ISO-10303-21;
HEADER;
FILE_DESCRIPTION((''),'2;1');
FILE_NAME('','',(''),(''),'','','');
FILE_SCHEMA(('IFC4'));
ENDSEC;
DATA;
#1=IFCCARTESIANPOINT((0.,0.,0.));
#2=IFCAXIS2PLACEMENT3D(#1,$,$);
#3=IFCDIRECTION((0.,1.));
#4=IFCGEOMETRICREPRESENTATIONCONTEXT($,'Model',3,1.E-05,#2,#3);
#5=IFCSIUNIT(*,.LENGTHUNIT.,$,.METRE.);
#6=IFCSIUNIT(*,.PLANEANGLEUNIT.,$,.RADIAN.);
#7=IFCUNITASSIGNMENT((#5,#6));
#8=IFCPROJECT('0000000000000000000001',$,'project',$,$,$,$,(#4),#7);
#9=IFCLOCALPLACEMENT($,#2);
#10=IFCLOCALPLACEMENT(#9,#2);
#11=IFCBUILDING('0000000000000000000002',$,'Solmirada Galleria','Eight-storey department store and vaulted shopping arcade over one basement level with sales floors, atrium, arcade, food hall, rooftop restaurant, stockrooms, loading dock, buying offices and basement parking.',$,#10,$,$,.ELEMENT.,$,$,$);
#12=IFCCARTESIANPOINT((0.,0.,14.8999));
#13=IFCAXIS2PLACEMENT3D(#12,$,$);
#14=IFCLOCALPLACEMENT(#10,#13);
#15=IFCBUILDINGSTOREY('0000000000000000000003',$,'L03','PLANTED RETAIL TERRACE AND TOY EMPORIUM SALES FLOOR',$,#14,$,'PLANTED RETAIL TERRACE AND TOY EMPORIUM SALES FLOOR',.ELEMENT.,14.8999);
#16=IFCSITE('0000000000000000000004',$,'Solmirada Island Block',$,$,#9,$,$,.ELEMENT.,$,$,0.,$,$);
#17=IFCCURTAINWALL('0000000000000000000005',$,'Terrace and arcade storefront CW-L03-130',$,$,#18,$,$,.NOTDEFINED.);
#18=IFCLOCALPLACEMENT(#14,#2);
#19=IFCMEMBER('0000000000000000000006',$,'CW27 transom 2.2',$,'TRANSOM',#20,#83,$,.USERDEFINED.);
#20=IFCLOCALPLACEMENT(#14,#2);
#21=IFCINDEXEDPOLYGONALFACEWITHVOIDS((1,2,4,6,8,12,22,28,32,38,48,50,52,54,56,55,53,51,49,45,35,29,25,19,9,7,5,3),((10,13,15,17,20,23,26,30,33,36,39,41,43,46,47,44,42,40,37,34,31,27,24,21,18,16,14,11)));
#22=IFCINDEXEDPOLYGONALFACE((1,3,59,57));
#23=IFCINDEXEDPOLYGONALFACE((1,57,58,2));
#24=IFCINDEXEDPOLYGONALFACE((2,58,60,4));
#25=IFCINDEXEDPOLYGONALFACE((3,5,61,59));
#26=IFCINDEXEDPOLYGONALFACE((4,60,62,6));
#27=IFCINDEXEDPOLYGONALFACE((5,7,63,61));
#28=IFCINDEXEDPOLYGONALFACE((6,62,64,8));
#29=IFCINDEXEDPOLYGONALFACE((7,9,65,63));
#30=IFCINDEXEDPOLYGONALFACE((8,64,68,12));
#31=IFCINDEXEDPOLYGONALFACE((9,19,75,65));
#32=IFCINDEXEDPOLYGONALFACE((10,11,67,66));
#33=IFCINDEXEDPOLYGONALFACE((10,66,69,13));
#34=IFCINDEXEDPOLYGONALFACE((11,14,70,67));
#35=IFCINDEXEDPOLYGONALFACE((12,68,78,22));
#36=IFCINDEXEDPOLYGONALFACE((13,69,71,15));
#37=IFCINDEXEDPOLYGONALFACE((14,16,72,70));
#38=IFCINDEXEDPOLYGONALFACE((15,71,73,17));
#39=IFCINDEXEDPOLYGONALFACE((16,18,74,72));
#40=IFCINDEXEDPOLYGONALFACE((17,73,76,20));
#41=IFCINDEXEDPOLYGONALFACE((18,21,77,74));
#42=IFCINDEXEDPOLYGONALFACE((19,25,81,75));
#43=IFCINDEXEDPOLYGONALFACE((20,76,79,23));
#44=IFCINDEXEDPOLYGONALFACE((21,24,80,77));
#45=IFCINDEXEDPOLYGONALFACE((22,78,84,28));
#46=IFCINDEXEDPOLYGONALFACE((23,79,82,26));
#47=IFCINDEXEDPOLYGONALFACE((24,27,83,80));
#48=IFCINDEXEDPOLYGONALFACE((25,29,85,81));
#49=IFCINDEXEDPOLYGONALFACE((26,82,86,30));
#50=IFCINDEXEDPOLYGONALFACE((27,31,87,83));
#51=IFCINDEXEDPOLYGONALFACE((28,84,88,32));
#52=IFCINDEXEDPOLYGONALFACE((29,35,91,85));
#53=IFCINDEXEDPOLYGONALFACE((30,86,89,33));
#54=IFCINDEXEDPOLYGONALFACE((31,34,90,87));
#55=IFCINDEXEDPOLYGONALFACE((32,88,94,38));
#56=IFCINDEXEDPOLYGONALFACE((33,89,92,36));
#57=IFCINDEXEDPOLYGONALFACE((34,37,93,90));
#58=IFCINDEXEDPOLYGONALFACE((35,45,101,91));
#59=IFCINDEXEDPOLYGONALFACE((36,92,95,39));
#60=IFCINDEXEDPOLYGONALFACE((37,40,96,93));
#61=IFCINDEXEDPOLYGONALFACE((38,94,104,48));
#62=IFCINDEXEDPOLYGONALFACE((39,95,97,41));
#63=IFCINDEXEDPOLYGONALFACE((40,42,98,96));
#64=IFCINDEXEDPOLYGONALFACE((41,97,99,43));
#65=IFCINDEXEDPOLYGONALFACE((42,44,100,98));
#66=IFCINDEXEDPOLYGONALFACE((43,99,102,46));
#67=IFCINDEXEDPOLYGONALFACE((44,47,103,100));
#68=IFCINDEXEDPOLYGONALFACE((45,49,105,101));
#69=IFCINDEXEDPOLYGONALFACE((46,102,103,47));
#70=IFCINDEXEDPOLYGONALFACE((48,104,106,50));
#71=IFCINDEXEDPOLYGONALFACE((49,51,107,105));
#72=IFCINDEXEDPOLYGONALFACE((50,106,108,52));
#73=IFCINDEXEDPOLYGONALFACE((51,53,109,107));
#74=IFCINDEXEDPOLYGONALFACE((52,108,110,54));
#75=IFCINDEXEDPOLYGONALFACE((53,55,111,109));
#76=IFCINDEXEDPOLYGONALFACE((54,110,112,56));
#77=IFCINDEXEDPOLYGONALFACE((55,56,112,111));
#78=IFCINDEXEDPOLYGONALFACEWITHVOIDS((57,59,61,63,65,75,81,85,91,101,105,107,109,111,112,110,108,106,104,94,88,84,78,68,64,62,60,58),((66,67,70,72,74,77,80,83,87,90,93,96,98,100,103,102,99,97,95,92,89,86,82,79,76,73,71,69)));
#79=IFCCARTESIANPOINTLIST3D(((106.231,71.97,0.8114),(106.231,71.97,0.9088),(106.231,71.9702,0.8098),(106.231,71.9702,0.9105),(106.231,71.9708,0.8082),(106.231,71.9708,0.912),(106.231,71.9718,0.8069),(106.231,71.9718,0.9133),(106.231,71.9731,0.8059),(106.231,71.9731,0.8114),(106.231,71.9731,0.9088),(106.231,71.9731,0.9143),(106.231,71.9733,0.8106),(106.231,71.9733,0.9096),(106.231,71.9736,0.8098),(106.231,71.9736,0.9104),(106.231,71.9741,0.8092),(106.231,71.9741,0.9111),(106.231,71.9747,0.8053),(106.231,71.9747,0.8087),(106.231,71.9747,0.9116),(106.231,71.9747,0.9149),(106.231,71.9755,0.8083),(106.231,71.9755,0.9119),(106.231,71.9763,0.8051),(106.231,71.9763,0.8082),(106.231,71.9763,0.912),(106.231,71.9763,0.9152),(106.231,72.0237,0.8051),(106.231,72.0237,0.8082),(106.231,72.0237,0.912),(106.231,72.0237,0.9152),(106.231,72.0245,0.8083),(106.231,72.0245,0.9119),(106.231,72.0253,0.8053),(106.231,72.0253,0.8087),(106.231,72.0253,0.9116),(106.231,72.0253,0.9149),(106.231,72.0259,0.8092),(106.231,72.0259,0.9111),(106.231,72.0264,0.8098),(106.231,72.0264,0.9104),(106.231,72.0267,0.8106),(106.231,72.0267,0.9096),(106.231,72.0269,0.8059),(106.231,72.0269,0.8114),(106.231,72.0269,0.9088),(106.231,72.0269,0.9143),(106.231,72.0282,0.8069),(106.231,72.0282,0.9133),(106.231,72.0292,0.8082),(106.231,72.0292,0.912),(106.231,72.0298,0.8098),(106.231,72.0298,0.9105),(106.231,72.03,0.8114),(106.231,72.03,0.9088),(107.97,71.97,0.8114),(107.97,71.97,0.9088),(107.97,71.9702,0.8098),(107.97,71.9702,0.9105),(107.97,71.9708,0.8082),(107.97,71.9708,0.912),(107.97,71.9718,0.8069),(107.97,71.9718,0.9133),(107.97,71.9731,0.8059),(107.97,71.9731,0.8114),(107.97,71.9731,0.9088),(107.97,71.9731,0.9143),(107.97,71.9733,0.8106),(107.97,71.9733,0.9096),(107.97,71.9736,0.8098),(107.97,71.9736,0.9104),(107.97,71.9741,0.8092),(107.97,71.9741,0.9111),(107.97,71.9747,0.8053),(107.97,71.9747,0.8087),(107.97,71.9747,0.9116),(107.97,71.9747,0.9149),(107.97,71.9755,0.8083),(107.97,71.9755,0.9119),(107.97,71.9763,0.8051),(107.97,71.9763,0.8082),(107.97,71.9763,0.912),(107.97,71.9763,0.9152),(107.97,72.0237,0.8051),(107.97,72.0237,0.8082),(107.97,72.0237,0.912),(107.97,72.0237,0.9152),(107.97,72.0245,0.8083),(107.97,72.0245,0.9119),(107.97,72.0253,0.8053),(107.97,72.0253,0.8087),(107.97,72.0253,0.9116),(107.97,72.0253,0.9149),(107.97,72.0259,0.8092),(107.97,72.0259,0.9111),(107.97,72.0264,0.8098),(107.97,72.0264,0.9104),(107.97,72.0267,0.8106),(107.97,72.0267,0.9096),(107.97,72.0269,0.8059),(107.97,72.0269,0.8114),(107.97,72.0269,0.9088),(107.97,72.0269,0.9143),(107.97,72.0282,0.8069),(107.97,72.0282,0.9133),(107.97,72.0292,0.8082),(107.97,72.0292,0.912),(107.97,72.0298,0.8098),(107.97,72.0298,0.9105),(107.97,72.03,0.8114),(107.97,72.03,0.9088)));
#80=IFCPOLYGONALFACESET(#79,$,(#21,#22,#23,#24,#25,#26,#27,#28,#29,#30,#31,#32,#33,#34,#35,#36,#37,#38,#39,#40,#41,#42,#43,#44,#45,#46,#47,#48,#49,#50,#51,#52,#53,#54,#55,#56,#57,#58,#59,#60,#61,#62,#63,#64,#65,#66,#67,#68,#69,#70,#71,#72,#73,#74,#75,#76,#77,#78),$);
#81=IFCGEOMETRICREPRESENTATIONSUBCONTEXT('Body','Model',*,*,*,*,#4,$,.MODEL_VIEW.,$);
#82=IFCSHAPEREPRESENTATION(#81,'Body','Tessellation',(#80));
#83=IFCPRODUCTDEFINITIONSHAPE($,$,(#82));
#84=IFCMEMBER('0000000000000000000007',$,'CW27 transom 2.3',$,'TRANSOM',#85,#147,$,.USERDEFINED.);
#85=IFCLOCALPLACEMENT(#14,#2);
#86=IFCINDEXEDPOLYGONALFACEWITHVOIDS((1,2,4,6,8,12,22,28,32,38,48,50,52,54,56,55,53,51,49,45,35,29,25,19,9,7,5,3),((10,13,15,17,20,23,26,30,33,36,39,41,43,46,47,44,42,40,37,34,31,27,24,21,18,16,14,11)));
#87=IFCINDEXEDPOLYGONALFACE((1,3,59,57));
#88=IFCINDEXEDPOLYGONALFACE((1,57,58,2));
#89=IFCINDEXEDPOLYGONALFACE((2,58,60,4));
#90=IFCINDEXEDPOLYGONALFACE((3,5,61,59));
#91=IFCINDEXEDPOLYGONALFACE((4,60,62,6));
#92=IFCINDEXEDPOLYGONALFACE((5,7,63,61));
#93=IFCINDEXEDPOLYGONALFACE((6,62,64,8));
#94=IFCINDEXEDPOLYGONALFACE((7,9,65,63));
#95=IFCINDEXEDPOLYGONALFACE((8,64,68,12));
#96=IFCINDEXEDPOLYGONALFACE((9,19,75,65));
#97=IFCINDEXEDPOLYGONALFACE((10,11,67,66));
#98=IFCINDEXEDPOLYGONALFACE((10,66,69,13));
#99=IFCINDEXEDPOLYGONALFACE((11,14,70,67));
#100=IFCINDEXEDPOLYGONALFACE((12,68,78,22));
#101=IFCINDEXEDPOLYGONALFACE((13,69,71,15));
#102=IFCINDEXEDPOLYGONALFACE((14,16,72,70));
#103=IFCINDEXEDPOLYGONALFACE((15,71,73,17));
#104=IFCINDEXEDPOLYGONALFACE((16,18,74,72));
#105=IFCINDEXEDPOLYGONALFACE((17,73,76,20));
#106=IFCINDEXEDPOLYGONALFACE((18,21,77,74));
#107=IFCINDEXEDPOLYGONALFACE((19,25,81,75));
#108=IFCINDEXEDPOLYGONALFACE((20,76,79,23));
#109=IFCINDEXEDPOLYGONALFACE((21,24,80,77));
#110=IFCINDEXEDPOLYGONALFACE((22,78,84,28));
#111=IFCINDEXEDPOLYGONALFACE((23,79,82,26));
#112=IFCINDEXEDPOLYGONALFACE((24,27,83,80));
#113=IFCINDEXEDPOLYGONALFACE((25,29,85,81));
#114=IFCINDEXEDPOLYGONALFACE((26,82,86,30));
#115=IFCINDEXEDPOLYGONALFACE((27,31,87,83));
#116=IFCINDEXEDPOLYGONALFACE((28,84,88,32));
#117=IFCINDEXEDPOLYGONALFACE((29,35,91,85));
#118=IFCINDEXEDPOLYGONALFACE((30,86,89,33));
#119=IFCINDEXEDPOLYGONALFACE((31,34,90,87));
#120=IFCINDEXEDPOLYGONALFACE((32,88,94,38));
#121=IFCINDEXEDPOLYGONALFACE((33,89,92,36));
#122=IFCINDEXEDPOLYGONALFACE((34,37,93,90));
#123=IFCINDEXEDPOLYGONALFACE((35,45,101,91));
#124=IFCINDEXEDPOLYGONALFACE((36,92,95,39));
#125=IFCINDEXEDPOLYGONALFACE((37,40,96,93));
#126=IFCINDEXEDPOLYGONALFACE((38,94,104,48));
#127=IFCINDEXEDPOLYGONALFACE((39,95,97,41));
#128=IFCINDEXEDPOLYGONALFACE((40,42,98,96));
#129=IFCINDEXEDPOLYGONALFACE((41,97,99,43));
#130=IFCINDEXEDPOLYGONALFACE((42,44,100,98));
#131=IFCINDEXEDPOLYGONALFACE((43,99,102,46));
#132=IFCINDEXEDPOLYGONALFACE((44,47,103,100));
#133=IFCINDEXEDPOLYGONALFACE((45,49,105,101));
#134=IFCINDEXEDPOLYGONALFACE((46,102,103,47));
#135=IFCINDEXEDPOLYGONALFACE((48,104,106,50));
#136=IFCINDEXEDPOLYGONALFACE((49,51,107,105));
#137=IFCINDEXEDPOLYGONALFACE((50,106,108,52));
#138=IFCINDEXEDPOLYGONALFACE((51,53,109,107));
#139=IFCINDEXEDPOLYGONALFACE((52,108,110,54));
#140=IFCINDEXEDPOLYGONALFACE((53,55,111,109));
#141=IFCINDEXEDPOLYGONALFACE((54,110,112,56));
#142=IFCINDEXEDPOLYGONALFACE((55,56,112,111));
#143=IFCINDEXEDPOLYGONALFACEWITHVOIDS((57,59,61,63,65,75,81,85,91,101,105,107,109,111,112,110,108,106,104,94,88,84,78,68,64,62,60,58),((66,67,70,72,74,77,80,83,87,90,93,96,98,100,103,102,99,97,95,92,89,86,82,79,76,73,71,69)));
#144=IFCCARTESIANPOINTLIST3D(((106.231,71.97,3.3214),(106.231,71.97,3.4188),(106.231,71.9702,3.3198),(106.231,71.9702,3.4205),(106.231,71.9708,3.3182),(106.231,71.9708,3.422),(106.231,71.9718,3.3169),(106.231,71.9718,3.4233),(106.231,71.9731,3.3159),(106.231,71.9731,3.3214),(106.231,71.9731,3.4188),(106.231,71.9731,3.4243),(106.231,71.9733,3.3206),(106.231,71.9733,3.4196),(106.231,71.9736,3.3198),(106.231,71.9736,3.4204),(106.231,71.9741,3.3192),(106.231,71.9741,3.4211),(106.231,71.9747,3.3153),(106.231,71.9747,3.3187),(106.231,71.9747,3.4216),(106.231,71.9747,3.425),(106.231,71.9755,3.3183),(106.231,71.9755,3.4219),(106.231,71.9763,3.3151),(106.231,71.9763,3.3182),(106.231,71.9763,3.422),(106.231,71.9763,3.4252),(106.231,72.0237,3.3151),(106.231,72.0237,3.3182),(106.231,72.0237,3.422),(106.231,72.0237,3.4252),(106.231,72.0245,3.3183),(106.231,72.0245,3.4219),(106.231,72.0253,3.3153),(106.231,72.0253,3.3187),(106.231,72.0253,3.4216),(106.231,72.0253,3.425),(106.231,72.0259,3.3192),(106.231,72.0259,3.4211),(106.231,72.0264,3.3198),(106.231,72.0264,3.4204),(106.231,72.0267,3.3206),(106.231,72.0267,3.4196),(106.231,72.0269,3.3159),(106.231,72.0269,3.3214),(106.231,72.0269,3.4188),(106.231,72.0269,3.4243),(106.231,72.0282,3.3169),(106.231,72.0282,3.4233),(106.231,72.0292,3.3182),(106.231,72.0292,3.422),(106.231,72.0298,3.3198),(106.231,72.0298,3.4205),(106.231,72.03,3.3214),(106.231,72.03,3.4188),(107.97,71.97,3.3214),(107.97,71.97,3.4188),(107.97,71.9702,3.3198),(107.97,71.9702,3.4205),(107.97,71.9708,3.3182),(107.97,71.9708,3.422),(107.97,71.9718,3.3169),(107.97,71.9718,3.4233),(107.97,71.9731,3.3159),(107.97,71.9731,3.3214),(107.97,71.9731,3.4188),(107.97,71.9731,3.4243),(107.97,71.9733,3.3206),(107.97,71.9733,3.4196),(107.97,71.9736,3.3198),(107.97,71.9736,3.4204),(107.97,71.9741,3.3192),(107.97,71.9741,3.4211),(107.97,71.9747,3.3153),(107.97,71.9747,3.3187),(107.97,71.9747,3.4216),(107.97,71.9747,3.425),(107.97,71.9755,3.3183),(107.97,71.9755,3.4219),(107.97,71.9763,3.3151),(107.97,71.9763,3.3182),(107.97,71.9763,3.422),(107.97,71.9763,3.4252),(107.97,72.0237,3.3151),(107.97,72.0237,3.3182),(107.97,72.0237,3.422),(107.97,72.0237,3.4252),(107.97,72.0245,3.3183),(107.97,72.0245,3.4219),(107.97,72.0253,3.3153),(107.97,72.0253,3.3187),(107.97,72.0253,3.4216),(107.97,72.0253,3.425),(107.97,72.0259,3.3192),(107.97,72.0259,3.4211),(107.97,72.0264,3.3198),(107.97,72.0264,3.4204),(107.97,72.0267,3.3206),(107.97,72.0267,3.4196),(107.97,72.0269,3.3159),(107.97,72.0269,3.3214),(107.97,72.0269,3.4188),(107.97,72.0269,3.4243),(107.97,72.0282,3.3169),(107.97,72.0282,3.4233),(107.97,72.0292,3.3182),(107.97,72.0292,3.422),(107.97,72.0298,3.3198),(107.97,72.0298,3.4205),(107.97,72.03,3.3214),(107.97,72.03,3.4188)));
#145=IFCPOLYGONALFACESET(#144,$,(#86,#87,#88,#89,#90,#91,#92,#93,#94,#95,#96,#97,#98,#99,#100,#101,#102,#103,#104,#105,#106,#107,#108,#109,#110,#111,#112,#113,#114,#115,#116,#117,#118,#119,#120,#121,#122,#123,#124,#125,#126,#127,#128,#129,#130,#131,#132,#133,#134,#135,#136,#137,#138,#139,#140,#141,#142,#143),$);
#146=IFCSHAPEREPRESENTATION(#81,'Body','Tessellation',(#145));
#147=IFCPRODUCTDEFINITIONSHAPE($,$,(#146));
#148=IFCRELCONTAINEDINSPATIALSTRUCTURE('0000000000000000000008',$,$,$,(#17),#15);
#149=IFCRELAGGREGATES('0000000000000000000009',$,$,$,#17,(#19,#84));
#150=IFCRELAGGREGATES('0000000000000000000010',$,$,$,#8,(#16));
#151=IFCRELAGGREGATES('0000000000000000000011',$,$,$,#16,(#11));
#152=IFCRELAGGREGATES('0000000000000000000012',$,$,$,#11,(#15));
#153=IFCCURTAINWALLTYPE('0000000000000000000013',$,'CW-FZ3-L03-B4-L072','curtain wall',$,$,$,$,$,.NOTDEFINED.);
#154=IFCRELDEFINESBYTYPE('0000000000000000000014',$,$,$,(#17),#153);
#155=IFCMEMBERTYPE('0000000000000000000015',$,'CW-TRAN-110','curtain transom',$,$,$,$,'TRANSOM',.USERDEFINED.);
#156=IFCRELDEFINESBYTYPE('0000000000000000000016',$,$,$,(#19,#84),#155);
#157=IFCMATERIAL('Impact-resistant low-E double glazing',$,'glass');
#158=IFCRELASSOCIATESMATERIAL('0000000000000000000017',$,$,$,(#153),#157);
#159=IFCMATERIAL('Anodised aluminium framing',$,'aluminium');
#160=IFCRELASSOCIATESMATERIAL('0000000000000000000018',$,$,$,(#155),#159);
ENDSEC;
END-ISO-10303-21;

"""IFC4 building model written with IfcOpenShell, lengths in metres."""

from ifc_helpers import new_model, si_unit, direction, frame, origin, origin_2d, place, context, subcontext, project, spatial, hollow_rectangle, extrude, material, material_profile, profile_set, type_object, element, aggregate, save


model = new_model("IFC4")

# Units and contexts
model_context = context("Model", 3, precision=1e-05, world=origin(), true_north=direction((0.0, 1.0)))
body_context = subcontext(model_context, "Body", "Model", "MODEL_VIEW")
ifc_project = project(units=[si_unit("LENGTHUNIT", "METRE"), si_unit("PLANEANGLEUNIT", "RADIAN")], contexts=[model_context])

# Site, building, storey
site_placement = place(None, origin())
site = spatial("IfcSite", under=ifc_project, at=site_placement, Name="Solmirada Island Block", CompositionType="ELEMENT", RefElevation=0.0)
building_placement = place(site_placement, origin())
building = spatial("IfcBuilding", under=site, at=building_placement, Name="Solmirada Galleria", Description="Eight-storey department store and vaulted shopping arcade over one basement level with sales floors, atrium, arcade, food hall, rooftop restaurant, stockrooms, loading dock, buying offices and basement parking.", CompositionType="ELEMENT")
storey_placement = place(building_placement, frame((0.0, 0.0, 14.8999)))
storey = spatial("IfcBuildingStorey", under=building, at=storey_placement, Name="L03", Description="PLANTED RETAIL TERRACE AND TOY EMPORIUM SALES FLOOR", LongName="PLANTED RETAIL TERRACE AND TOY EMPORIUM SALES FLOOR", CompositionType="ELEMENT", Elevation=14.8999)

# Shared definitions
ifc_material_1 = material(Name="Impact-resistant low-E double glazing", Category="glass")
curtain_wall_type = type_object("IfcCurtainWallType", Name="CW-FZ3-L03-B4-L072", Description="curtain wall", PredefinedType="NOTDEFINED", material=ifc_material_1)
ifc_material_2 = material(Name="Anodised aluminium framing", Category="aluminium")

# Curtain wall
curtain_wall_1_placement = place(storey_placement, origin())
curtain_wall_1 = element("IfcCurtainWall", 1, at=curtain_wall_1_placement, inside=storey, type_object=curtain_wall_type, Name="Terrace and arcade storefront CW-L03-130", PredefinedType="NOTDEFINED")

# Members
ifc_material_profile_1 = material_profile(ifc_material_2, hollow_rectangle(XDim=0.0601, YDim=0.1101, WallThickness=0.0032, InnerFilletRadius=0.0032, OuterFilletRadius=0.0063, at=origin_2d()), Name="ALU-TRAN-110X60")
ifc_profile_set_1 = profile_set([ifc_material_profile_1], Name="Anodised aluminium framing")
member_type_1 = type_object("IfcMemberType", Name="CW-TRAN-110", Description="curtain transom", ElementType="TRANSOM", PredefinedType="USERDEFINED", material=ifc_profile_set_1)
member_1_placement = place(storey_placement, frame((106.231, 72.0, 0.8601), z_axis=(1.0, 0.0, 0.0), x_axis=(0.0, 1.0, 0.0)))
member_1 = element("IfcMember", 2, at=member_1_placement, type_object=member_type_1, Name="CW27 transom 2.2", ObjectType="TRANSOM", PredefinedType="USERDEFINED", context=body_context, shape_type="SweptSolid", body=[
    extrude(hollow_rectangle(XDim=0.0601, YDim=0.1101, WallThickness=0.0032, InnerFilletRadius=0.0032, OuterFilletRadius=0.0063, at=origin_2d()), origin(), (0.0, 0.0, 1.0), 1.739),
])
member_2_placement = place(storey_placement, frame((106.231, 72.0, 3.3701), z_axis=(1.0, 0.0, 0.0), x_axis=(0.0, 1.0, 0.0)))
member_2 = element("IfcMember", 3, at=member_2_placement, type_object=member_type_1, Name="CW27 transom 2.3", ObjectType="TRANSOM", PredefinedType="USERDEFINED", context=body_context, shape_type="SweptSolid", body=[
    extrude(hollow_rectangle(XDim=0.0601, YDim=0.1101, WallThickness=0.0032, InnerFilletRadius=0.0032, OuterFilletRadius=0.0063, at=origin_2d()), origin(), (0.0, 0.0, 1.0), 1.739),
])

aggregate(curtain_wall_1, [member_1, member_2])

save(model, "model.ifc")
